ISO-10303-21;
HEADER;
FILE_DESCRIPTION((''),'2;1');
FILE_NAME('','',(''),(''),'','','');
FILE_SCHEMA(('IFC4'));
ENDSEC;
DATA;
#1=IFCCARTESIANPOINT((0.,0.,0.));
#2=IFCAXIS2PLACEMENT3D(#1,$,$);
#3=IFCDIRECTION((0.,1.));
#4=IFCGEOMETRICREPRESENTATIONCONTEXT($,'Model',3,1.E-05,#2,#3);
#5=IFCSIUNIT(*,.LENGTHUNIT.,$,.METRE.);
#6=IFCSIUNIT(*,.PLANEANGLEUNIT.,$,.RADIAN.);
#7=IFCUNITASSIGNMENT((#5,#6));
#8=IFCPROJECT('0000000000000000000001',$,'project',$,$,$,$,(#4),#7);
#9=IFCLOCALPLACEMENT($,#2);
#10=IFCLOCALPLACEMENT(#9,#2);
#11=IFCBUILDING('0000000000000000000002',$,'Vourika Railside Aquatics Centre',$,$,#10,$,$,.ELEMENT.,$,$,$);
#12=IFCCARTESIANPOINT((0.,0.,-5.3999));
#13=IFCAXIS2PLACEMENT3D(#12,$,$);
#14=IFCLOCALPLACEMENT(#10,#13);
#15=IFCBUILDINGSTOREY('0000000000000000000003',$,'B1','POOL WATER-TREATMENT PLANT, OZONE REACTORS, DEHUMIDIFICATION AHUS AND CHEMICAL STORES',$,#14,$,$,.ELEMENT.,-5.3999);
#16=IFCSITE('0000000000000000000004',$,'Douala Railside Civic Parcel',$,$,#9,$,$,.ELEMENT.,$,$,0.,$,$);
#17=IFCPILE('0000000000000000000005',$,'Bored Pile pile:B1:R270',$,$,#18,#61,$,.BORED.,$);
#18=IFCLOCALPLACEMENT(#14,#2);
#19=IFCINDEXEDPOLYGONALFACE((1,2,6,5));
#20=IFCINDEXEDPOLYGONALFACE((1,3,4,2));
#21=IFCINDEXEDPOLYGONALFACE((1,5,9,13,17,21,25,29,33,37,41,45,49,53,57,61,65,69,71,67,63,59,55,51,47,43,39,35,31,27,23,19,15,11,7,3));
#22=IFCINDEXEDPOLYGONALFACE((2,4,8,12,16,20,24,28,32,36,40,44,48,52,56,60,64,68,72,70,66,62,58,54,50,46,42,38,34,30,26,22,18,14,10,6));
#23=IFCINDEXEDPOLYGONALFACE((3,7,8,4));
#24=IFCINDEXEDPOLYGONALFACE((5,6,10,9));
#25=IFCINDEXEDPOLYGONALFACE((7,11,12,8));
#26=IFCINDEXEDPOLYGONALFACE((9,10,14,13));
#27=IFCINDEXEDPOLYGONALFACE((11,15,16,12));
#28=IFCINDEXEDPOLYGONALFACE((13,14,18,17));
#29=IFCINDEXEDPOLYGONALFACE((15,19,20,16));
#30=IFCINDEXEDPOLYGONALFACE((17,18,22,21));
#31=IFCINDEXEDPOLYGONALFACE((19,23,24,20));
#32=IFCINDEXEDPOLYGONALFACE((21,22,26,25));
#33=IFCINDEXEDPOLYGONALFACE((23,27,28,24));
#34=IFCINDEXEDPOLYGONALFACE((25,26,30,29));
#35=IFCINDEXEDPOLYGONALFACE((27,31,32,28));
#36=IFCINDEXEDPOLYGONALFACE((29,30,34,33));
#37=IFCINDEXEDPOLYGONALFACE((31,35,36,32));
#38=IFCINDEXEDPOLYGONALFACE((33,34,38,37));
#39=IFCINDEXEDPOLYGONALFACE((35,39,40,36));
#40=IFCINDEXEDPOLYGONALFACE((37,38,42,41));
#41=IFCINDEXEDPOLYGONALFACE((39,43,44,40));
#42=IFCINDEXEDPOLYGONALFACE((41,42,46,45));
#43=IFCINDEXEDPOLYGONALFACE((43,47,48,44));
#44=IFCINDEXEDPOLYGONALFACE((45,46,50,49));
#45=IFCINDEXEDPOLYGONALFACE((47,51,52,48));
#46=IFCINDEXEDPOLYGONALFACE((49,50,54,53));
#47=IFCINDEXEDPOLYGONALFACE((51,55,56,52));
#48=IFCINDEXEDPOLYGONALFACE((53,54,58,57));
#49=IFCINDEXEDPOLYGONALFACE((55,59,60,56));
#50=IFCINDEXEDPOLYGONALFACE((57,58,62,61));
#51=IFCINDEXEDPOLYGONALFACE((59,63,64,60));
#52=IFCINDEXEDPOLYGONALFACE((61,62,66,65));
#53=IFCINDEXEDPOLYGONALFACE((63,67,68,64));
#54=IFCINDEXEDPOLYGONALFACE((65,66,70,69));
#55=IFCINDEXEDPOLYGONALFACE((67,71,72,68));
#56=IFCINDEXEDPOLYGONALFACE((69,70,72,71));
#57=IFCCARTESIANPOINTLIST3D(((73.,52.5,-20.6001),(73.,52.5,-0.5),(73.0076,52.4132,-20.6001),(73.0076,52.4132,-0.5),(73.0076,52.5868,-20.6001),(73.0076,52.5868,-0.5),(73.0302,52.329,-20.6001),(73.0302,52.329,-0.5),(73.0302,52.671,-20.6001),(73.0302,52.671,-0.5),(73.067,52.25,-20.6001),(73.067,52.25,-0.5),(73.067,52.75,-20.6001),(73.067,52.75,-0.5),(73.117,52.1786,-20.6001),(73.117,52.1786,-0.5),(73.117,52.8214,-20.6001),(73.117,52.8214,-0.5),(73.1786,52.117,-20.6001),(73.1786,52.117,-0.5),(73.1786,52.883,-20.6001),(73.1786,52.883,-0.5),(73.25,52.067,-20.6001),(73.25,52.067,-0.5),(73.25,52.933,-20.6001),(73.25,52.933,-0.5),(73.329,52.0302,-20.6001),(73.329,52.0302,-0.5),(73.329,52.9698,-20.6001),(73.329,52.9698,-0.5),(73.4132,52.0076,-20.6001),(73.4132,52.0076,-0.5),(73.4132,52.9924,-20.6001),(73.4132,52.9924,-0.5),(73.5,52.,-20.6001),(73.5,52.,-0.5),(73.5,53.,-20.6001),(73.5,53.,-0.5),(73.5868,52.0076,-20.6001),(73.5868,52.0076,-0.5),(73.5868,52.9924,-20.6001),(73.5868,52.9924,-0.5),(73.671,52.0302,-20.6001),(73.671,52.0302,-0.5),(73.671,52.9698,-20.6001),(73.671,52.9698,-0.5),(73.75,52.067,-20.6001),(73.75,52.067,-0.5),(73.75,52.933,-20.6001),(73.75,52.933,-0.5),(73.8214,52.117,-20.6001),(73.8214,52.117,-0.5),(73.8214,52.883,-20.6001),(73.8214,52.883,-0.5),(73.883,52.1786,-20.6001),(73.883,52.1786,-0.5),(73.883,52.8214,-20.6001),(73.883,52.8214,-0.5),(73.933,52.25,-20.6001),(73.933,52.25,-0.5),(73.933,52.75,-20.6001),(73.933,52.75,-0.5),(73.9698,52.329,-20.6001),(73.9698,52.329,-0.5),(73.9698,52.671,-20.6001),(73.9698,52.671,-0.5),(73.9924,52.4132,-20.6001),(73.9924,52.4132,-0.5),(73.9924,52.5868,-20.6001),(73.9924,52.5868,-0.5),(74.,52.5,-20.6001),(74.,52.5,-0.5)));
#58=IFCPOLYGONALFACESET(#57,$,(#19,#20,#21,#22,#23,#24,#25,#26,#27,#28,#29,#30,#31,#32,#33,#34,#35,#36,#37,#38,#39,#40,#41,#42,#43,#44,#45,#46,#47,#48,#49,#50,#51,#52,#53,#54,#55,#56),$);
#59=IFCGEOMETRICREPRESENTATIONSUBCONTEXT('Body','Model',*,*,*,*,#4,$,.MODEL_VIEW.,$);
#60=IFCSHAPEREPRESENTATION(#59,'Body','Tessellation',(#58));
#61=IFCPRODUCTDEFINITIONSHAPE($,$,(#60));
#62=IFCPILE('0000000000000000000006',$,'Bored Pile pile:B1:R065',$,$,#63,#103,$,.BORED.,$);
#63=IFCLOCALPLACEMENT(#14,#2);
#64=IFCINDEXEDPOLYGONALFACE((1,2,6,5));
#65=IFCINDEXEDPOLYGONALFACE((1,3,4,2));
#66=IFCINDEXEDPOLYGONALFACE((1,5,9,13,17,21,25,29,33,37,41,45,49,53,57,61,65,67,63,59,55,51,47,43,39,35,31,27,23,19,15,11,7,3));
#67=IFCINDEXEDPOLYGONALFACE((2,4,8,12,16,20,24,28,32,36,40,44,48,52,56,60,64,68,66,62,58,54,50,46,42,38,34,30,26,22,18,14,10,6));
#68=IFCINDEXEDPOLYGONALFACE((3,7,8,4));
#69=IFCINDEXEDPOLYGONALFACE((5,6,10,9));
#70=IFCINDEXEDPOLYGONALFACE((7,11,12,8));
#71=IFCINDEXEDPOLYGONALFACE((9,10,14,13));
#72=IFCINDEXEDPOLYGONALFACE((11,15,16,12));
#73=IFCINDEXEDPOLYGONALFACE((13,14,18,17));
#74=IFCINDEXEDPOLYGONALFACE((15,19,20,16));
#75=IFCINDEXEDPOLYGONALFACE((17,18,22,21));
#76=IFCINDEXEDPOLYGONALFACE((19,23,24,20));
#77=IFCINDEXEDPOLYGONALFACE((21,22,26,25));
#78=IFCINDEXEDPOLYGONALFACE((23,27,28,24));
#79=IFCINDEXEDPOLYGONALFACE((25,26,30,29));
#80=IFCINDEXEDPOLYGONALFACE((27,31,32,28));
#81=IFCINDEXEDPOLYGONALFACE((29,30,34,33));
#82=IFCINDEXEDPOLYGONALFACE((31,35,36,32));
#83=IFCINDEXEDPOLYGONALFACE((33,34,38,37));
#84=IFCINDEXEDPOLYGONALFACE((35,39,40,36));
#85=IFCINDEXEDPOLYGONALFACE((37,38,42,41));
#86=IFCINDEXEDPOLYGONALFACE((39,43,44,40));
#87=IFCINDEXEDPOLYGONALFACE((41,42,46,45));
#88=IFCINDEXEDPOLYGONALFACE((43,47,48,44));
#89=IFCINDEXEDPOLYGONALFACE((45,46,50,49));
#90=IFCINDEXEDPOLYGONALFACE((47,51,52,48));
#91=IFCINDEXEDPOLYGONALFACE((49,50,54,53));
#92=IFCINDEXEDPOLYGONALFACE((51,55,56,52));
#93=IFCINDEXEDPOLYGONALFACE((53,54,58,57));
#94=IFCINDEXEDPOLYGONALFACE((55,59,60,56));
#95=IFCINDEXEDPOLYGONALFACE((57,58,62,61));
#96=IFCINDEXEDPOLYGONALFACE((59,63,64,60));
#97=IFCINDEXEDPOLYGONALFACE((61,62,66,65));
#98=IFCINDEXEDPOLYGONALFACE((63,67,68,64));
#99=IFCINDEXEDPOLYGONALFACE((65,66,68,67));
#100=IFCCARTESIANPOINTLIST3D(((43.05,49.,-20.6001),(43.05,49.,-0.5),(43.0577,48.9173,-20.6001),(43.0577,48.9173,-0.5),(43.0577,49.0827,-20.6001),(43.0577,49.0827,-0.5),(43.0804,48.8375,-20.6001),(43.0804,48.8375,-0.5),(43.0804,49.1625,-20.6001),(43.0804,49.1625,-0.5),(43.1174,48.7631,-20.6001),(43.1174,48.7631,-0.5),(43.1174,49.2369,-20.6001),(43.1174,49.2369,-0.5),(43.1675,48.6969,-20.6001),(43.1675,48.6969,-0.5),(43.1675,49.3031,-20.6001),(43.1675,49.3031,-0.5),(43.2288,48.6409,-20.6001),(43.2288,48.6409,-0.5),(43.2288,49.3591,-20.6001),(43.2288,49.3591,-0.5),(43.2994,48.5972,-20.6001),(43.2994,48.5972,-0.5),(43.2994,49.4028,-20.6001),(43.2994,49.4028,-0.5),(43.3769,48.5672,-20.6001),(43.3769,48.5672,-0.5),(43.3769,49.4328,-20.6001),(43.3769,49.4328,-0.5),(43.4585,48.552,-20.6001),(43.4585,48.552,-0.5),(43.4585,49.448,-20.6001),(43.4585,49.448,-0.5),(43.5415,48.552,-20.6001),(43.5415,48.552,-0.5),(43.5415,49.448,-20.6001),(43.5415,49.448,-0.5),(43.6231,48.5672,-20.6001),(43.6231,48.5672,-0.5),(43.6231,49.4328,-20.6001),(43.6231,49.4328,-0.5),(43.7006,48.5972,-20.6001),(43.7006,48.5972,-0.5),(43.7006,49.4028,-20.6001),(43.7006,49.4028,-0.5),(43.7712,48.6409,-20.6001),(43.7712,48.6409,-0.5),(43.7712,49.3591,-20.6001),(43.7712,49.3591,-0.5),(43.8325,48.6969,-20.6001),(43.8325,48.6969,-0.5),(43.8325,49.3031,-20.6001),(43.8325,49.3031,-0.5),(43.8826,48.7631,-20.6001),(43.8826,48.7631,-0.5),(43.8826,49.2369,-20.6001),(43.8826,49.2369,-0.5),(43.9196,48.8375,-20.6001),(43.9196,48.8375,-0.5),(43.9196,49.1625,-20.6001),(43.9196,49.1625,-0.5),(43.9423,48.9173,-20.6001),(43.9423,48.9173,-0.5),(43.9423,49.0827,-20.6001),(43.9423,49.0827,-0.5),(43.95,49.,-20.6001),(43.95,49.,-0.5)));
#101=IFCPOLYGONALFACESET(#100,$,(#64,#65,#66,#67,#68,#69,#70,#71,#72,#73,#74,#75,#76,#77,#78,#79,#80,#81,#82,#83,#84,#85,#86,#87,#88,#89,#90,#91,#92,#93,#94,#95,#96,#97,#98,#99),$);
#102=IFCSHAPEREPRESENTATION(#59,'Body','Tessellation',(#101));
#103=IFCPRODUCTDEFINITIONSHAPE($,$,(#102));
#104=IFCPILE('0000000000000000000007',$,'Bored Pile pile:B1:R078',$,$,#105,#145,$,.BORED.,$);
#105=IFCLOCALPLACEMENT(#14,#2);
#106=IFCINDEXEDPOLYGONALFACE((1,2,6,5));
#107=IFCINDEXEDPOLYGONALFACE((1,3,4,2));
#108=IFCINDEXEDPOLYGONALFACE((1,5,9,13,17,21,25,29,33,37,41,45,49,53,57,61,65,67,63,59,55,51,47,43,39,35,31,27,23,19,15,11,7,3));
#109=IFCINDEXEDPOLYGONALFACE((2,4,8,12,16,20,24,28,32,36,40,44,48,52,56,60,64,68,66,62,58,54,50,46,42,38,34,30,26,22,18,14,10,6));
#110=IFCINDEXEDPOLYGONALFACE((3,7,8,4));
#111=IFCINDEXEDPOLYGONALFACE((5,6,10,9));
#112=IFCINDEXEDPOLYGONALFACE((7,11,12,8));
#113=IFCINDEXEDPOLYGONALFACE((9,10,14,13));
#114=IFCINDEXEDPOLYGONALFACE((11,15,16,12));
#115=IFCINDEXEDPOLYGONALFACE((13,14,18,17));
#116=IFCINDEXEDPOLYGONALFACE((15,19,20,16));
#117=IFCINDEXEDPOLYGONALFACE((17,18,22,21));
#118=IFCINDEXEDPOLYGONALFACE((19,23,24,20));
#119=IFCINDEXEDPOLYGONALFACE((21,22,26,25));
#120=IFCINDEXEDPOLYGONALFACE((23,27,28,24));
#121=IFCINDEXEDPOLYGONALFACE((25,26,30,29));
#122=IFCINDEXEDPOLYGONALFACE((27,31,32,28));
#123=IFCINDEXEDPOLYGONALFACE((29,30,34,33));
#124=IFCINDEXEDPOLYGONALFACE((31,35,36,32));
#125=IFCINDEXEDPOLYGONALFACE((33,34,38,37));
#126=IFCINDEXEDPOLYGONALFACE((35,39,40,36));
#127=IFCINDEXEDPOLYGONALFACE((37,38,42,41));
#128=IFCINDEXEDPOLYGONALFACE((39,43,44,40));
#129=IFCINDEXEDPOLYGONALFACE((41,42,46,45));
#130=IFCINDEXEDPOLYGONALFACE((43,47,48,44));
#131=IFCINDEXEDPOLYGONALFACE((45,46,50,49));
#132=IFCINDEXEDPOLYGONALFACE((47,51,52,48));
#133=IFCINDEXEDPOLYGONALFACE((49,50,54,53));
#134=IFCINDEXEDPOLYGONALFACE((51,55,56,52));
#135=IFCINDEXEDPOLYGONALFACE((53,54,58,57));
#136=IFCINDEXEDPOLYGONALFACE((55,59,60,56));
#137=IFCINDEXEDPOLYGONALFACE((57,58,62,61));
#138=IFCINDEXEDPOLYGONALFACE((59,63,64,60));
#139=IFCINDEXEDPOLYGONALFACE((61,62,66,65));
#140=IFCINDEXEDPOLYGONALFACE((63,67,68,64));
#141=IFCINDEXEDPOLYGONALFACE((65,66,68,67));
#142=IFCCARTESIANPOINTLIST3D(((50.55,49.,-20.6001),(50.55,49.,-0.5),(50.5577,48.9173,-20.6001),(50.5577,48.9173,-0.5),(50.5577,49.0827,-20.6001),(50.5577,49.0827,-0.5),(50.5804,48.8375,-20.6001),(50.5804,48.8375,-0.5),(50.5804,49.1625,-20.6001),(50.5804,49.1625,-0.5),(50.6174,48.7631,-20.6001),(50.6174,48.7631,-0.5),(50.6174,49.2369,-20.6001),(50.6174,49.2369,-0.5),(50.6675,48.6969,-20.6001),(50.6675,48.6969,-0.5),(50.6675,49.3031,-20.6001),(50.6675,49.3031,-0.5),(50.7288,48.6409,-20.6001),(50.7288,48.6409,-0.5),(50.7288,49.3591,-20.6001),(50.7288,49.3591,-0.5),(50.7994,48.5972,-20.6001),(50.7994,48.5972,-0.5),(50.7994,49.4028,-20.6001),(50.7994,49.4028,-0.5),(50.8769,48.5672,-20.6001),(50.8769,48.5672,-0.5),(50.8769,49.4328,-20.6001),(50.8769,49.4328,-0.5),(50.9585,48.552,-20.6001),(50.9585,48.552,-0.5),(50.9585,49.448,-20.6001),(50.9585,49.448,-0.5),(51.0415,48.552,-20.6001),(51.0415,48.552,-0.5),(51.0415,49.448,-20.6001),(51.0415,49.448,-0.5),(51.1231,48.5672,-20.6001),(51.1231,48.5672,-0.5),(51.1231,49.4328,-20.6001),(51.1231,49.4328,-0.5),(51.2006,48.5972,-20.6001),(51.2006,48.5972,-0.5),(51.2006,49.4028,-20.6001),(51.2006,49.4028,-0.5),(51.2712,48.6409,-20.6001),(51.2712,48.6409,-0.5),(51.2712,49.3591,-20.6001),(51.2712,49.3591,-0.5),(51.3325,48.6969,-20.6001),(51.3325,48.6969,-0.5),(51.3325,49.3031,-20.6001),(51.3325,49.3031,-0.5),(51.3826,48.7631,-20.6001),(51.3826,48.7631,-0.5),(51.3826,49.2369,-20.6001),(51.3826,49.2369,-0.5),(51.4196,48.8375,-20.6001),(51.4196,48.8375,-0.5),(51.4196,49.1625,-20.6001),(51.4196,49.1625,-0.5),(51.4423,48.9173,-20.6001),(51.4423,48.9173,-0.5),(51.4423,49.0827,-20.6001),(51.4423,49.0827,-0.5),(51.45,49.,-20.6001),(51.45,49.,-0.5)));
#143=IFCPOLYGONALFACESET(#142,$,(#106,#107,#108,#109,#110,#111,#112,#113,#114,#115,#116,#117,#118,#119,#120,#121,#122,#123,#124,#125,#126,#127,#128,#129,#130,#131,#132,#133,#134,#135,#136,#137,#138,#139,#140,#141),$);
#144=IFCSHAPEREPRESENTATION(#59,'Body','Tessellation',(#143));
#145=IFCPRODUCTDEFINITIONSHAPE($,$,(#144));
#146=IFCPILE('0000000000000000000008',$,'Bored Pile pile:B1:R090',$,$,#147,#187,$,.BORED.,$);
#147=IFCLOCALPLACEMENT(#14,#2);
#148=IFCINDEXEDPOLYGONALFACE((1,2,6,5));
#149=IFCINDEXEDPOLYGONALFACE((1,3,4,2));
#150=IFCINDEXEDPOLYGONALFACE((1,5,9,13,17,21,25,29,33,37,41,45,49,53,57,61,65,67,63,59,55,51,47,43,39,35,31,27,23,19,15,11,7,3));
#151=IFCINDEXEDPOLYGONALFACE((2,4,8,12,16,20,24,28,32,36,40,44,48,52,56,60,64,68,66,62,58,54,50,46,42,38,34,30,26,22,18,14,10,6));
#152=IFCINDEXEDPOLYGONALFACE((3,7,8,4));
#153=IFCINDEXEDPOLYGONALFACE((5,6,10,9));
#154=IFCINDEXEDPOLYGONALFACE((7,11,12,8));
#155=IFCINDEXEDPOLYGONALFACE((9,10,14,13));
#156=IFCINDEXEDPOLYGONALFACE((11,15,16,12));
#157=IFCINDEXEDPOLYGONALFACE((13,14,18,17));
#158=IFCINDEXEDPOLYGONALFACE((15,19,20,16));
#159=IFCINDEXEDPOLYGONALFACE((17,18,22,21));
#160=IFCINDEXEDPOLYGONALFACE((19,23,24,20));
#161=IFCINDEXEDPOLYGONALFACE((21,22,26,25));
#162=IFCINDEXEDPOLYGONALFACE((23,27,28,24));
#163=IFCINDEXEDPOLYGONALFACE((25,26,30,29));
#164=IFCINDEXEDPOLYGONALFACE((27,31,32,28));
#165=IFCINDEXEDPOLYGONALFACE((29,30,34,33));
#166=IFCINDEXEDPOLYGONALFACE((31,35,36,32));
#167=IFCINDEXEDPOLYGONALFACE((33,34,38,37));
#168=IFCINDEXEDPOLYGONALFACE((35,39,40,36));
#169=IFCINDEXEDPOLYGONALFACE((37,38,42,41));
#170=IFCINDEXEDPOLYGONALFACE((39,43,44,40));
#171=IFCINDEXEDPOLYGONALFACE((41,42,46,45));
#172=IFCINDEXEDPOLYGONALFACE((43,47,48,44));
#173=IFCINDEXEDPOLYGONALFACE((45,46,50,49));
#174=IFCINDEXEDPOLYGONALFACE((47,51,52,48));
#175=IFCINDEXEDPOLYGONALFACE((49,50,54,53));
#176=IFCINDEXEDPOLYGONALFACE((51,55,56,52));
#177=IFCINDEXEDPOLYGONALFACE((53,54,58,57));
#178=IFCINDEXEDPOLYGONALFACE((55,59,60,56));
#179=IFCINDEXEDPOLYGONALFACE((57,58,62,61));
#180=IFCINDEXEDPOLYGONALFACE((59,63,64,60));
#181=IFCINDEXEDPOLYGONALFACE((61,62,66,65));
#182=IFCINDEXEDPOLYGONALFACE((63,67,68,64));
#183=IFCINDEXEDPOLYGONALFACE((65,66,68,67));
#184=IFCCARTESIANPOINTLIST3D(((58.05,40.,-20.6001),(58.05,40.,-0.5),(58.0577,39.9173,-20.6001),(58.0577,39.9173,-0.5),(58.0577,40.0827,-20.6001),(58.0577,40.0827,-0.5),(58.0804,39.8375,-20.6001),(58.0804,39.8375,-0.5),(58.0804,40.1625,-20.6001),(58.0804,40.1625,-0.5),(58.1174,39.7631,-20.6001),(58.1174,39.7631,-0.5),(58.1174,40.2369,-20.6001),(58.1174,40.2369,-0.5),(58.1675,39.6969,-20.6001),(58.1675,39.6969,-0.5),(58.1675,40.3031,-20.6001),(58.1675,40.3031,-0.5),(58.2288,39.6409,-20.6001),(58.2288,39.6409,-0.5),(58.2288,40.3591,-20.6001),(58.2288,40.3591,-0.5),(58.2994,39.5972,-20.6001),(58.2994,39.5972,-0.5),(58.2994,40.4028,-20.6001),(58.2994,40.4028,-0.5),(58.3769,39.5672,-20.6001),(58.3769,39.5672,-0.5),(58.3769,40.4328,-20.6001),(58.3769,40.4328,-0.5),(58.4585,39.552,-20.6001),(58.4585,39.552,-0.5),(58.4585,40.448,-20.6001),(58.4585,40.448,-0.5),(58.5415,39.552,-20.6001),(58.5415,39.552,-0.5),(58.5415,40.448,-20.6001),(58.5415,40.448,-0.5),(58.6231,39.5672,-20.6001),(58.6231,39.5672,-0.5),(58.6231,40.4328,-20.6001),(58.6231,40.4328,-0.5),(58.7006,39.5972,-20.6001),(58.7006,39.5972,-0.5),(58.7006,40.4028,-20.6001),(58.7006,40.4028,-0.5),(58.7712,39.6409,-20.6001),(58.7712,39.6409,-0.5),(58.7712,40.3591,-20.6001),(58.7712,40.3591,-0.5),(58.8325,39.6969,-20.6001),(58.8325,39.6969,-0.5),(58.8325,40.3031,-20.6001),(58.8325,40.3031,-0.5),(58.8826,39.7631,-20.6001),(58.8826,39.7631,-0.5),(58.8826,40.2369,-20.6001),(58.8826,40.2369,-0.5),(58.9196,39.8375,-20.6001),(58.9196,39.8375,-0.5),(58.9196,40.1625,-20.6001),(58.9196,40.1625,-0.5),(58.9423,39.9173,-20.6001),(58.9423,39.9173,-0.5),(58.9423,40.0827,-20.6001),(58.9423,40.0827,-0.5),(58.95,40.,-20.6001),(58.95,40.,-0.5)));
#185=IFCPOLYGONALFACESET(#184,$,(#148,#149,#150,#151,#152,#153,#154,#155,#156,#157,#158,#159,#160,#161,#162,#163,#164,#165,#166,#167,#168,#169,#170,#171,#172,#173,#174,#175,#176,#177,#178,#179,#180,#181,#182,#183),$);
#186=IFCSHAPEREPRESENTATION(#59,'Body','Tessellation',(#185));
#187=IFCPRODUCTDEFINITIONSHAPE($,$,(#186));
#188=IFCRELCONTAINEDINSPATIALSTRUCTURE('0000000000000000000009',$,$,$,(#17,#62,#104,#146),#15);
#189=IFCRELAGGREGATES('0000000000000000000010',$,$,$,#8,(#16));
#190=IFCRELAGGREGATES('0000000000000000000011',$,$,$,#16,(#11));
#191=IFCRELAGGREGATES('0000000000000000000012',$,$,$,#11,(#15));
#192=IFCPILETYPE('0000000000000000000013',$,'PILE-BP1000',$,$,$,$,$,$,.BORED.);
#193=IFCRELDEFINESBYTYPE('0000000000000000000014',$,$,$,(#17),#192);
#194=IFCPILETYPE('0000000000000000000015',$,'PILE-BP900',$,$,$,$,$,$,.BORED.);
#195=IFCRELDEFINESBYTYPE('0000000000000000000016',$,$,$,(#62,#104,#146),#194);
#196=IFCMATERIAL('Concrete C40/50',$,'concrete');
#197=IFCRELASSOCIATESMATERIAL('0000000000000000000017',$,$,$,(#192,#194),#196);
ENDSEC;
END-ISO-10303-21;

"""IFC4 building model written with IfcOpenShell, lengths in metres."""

from ifc_helpers import new_model, si_unit, direction, frame, origin, origin_2d, place, context, subcontext, project, spatial, circle, extrude, material, material_profile, profile_set, type_object, element, save


model = new_model("IFC4")

# Units and contexts
model_context = context("Model", 3, precision=1e-05, world=origin(), true_north=direction((0.0, 1.0)))
body_context = subcontext(model_context, "Body", "Model", "MODEL_VIEW")
ifc_project = project(units=[si_unit("LENGTHUNIT", "METRE"), si_unit("PLANEANGLEUNIT", "RADIAN")], contexts=[model_context])

# Site, building, storey
site_placement = place(None, origin())
site = spatial("IfcSite", under=ifc_project, at=site_placement, Name="Douala Railside Civic Parcel", CompositionType="ELEMENT", RefElevation=0.0)
building_placement = place(site_placement, origin())
building = spatial("IfcBuilding", under=site, at=building_placement, Name="Vourika Railside Aquatics Centre", CompositionType="ELEMENT")
storey_placement = place(building_placement, frame((0.0, 0.0, -5.3999)))
storey = spatial("IfcBuildingStorey", under=building, at=storey_placement, Name="B1", Description="POOL WATER-TREATMENT PLANT, OZONE REACTORS, DEHUMIDIFICATION AHUS AND CHEMICAL STORES", CompositionType="ELEMENT", Elevation=-5.3999)

# Piles
ifc_material_1 = material(Name="Concrete C40/50", Category="concrete")
ifc_material_profile_1 = material_profile(ifc_material_1, circle(Radius=0.5, at=origin_2d()), Name="BP 1000")
ifc_profile_set_1 = profile_set([ifc_material_profile_1], Name="Concrete C40/50")
pile_type_1 = type_object("IfcPileType", Name="PILE-BP1000", PredefinedType="BORED", material=ifc_profile_set_1)
for number, where, z_axis, x_axis, name in (
    (1, (73.5, 52.5, -0.5), (0.0, 0.0, -1.0), (1.0, 0.0, 0.0), "Bored Pile pile:B1:R270"),
):
    element("IfcPile", number, at=place(storey_placement, frame(where, z_axis=z_axis, x_axis=x_axis)), inside=storey, type_object=pile_type_1, Name=name, PredefinedType="BORED", context=body_context, shape_type="SweptSolid", body=[
        extrude(circle(Radius=0.5, at=origin_2d()), origin(), (0.0, 0.0, 1.0), 20.1001),
    ])
ifc_material_profile_2 = material_profile(ifc_material_1, circle(Radius=0.45, at=origin_2d()), Name="BP 900")
ifc_profile_set_2 = profile_set([ifc_material_profile_2], Name="Concrete C40/50")
pile_type_2 = type_object("IfcPileType", Name="PILE-BP900", PredefinedType="BORED", material=ifc_profile_set_2)
for number, where, z_axis, x_axis, name in (
    (2, (43.5, 49.0, -0.5), (0.0, 0.0, -1.0), (1.0, 0.0, 0.0), "Bored Pile pile:B1:R065"),
    (3, (51.0, 49.0, -0.5), (0.0, 0.0, -1.0), (1.0, 0.0, 0.0), "Bored Pile pile:B1:R078"),
    (4, (58.5, 40.0, -0.5), (0.0, 0.0, -1.0), (1.0, 0.0, 0.0), "Bored Pile pile:B1:R090"),
):
    element("IfcPile", number, at=place(storey_placement, frame(where, z_axis=z_axis, x_axis=x_axis)), inside=storey, type_object=pile_type_2, Name=name, PredefinedType="BORED", context=body_context, shape_type="SweptSolid", body=[
        extrude(circle(Radius=0.45, at=origin_2d()), origin(), (0.0, 0.0, 1.0), 20.1001),
    ])

save(model, "model.ifc")
